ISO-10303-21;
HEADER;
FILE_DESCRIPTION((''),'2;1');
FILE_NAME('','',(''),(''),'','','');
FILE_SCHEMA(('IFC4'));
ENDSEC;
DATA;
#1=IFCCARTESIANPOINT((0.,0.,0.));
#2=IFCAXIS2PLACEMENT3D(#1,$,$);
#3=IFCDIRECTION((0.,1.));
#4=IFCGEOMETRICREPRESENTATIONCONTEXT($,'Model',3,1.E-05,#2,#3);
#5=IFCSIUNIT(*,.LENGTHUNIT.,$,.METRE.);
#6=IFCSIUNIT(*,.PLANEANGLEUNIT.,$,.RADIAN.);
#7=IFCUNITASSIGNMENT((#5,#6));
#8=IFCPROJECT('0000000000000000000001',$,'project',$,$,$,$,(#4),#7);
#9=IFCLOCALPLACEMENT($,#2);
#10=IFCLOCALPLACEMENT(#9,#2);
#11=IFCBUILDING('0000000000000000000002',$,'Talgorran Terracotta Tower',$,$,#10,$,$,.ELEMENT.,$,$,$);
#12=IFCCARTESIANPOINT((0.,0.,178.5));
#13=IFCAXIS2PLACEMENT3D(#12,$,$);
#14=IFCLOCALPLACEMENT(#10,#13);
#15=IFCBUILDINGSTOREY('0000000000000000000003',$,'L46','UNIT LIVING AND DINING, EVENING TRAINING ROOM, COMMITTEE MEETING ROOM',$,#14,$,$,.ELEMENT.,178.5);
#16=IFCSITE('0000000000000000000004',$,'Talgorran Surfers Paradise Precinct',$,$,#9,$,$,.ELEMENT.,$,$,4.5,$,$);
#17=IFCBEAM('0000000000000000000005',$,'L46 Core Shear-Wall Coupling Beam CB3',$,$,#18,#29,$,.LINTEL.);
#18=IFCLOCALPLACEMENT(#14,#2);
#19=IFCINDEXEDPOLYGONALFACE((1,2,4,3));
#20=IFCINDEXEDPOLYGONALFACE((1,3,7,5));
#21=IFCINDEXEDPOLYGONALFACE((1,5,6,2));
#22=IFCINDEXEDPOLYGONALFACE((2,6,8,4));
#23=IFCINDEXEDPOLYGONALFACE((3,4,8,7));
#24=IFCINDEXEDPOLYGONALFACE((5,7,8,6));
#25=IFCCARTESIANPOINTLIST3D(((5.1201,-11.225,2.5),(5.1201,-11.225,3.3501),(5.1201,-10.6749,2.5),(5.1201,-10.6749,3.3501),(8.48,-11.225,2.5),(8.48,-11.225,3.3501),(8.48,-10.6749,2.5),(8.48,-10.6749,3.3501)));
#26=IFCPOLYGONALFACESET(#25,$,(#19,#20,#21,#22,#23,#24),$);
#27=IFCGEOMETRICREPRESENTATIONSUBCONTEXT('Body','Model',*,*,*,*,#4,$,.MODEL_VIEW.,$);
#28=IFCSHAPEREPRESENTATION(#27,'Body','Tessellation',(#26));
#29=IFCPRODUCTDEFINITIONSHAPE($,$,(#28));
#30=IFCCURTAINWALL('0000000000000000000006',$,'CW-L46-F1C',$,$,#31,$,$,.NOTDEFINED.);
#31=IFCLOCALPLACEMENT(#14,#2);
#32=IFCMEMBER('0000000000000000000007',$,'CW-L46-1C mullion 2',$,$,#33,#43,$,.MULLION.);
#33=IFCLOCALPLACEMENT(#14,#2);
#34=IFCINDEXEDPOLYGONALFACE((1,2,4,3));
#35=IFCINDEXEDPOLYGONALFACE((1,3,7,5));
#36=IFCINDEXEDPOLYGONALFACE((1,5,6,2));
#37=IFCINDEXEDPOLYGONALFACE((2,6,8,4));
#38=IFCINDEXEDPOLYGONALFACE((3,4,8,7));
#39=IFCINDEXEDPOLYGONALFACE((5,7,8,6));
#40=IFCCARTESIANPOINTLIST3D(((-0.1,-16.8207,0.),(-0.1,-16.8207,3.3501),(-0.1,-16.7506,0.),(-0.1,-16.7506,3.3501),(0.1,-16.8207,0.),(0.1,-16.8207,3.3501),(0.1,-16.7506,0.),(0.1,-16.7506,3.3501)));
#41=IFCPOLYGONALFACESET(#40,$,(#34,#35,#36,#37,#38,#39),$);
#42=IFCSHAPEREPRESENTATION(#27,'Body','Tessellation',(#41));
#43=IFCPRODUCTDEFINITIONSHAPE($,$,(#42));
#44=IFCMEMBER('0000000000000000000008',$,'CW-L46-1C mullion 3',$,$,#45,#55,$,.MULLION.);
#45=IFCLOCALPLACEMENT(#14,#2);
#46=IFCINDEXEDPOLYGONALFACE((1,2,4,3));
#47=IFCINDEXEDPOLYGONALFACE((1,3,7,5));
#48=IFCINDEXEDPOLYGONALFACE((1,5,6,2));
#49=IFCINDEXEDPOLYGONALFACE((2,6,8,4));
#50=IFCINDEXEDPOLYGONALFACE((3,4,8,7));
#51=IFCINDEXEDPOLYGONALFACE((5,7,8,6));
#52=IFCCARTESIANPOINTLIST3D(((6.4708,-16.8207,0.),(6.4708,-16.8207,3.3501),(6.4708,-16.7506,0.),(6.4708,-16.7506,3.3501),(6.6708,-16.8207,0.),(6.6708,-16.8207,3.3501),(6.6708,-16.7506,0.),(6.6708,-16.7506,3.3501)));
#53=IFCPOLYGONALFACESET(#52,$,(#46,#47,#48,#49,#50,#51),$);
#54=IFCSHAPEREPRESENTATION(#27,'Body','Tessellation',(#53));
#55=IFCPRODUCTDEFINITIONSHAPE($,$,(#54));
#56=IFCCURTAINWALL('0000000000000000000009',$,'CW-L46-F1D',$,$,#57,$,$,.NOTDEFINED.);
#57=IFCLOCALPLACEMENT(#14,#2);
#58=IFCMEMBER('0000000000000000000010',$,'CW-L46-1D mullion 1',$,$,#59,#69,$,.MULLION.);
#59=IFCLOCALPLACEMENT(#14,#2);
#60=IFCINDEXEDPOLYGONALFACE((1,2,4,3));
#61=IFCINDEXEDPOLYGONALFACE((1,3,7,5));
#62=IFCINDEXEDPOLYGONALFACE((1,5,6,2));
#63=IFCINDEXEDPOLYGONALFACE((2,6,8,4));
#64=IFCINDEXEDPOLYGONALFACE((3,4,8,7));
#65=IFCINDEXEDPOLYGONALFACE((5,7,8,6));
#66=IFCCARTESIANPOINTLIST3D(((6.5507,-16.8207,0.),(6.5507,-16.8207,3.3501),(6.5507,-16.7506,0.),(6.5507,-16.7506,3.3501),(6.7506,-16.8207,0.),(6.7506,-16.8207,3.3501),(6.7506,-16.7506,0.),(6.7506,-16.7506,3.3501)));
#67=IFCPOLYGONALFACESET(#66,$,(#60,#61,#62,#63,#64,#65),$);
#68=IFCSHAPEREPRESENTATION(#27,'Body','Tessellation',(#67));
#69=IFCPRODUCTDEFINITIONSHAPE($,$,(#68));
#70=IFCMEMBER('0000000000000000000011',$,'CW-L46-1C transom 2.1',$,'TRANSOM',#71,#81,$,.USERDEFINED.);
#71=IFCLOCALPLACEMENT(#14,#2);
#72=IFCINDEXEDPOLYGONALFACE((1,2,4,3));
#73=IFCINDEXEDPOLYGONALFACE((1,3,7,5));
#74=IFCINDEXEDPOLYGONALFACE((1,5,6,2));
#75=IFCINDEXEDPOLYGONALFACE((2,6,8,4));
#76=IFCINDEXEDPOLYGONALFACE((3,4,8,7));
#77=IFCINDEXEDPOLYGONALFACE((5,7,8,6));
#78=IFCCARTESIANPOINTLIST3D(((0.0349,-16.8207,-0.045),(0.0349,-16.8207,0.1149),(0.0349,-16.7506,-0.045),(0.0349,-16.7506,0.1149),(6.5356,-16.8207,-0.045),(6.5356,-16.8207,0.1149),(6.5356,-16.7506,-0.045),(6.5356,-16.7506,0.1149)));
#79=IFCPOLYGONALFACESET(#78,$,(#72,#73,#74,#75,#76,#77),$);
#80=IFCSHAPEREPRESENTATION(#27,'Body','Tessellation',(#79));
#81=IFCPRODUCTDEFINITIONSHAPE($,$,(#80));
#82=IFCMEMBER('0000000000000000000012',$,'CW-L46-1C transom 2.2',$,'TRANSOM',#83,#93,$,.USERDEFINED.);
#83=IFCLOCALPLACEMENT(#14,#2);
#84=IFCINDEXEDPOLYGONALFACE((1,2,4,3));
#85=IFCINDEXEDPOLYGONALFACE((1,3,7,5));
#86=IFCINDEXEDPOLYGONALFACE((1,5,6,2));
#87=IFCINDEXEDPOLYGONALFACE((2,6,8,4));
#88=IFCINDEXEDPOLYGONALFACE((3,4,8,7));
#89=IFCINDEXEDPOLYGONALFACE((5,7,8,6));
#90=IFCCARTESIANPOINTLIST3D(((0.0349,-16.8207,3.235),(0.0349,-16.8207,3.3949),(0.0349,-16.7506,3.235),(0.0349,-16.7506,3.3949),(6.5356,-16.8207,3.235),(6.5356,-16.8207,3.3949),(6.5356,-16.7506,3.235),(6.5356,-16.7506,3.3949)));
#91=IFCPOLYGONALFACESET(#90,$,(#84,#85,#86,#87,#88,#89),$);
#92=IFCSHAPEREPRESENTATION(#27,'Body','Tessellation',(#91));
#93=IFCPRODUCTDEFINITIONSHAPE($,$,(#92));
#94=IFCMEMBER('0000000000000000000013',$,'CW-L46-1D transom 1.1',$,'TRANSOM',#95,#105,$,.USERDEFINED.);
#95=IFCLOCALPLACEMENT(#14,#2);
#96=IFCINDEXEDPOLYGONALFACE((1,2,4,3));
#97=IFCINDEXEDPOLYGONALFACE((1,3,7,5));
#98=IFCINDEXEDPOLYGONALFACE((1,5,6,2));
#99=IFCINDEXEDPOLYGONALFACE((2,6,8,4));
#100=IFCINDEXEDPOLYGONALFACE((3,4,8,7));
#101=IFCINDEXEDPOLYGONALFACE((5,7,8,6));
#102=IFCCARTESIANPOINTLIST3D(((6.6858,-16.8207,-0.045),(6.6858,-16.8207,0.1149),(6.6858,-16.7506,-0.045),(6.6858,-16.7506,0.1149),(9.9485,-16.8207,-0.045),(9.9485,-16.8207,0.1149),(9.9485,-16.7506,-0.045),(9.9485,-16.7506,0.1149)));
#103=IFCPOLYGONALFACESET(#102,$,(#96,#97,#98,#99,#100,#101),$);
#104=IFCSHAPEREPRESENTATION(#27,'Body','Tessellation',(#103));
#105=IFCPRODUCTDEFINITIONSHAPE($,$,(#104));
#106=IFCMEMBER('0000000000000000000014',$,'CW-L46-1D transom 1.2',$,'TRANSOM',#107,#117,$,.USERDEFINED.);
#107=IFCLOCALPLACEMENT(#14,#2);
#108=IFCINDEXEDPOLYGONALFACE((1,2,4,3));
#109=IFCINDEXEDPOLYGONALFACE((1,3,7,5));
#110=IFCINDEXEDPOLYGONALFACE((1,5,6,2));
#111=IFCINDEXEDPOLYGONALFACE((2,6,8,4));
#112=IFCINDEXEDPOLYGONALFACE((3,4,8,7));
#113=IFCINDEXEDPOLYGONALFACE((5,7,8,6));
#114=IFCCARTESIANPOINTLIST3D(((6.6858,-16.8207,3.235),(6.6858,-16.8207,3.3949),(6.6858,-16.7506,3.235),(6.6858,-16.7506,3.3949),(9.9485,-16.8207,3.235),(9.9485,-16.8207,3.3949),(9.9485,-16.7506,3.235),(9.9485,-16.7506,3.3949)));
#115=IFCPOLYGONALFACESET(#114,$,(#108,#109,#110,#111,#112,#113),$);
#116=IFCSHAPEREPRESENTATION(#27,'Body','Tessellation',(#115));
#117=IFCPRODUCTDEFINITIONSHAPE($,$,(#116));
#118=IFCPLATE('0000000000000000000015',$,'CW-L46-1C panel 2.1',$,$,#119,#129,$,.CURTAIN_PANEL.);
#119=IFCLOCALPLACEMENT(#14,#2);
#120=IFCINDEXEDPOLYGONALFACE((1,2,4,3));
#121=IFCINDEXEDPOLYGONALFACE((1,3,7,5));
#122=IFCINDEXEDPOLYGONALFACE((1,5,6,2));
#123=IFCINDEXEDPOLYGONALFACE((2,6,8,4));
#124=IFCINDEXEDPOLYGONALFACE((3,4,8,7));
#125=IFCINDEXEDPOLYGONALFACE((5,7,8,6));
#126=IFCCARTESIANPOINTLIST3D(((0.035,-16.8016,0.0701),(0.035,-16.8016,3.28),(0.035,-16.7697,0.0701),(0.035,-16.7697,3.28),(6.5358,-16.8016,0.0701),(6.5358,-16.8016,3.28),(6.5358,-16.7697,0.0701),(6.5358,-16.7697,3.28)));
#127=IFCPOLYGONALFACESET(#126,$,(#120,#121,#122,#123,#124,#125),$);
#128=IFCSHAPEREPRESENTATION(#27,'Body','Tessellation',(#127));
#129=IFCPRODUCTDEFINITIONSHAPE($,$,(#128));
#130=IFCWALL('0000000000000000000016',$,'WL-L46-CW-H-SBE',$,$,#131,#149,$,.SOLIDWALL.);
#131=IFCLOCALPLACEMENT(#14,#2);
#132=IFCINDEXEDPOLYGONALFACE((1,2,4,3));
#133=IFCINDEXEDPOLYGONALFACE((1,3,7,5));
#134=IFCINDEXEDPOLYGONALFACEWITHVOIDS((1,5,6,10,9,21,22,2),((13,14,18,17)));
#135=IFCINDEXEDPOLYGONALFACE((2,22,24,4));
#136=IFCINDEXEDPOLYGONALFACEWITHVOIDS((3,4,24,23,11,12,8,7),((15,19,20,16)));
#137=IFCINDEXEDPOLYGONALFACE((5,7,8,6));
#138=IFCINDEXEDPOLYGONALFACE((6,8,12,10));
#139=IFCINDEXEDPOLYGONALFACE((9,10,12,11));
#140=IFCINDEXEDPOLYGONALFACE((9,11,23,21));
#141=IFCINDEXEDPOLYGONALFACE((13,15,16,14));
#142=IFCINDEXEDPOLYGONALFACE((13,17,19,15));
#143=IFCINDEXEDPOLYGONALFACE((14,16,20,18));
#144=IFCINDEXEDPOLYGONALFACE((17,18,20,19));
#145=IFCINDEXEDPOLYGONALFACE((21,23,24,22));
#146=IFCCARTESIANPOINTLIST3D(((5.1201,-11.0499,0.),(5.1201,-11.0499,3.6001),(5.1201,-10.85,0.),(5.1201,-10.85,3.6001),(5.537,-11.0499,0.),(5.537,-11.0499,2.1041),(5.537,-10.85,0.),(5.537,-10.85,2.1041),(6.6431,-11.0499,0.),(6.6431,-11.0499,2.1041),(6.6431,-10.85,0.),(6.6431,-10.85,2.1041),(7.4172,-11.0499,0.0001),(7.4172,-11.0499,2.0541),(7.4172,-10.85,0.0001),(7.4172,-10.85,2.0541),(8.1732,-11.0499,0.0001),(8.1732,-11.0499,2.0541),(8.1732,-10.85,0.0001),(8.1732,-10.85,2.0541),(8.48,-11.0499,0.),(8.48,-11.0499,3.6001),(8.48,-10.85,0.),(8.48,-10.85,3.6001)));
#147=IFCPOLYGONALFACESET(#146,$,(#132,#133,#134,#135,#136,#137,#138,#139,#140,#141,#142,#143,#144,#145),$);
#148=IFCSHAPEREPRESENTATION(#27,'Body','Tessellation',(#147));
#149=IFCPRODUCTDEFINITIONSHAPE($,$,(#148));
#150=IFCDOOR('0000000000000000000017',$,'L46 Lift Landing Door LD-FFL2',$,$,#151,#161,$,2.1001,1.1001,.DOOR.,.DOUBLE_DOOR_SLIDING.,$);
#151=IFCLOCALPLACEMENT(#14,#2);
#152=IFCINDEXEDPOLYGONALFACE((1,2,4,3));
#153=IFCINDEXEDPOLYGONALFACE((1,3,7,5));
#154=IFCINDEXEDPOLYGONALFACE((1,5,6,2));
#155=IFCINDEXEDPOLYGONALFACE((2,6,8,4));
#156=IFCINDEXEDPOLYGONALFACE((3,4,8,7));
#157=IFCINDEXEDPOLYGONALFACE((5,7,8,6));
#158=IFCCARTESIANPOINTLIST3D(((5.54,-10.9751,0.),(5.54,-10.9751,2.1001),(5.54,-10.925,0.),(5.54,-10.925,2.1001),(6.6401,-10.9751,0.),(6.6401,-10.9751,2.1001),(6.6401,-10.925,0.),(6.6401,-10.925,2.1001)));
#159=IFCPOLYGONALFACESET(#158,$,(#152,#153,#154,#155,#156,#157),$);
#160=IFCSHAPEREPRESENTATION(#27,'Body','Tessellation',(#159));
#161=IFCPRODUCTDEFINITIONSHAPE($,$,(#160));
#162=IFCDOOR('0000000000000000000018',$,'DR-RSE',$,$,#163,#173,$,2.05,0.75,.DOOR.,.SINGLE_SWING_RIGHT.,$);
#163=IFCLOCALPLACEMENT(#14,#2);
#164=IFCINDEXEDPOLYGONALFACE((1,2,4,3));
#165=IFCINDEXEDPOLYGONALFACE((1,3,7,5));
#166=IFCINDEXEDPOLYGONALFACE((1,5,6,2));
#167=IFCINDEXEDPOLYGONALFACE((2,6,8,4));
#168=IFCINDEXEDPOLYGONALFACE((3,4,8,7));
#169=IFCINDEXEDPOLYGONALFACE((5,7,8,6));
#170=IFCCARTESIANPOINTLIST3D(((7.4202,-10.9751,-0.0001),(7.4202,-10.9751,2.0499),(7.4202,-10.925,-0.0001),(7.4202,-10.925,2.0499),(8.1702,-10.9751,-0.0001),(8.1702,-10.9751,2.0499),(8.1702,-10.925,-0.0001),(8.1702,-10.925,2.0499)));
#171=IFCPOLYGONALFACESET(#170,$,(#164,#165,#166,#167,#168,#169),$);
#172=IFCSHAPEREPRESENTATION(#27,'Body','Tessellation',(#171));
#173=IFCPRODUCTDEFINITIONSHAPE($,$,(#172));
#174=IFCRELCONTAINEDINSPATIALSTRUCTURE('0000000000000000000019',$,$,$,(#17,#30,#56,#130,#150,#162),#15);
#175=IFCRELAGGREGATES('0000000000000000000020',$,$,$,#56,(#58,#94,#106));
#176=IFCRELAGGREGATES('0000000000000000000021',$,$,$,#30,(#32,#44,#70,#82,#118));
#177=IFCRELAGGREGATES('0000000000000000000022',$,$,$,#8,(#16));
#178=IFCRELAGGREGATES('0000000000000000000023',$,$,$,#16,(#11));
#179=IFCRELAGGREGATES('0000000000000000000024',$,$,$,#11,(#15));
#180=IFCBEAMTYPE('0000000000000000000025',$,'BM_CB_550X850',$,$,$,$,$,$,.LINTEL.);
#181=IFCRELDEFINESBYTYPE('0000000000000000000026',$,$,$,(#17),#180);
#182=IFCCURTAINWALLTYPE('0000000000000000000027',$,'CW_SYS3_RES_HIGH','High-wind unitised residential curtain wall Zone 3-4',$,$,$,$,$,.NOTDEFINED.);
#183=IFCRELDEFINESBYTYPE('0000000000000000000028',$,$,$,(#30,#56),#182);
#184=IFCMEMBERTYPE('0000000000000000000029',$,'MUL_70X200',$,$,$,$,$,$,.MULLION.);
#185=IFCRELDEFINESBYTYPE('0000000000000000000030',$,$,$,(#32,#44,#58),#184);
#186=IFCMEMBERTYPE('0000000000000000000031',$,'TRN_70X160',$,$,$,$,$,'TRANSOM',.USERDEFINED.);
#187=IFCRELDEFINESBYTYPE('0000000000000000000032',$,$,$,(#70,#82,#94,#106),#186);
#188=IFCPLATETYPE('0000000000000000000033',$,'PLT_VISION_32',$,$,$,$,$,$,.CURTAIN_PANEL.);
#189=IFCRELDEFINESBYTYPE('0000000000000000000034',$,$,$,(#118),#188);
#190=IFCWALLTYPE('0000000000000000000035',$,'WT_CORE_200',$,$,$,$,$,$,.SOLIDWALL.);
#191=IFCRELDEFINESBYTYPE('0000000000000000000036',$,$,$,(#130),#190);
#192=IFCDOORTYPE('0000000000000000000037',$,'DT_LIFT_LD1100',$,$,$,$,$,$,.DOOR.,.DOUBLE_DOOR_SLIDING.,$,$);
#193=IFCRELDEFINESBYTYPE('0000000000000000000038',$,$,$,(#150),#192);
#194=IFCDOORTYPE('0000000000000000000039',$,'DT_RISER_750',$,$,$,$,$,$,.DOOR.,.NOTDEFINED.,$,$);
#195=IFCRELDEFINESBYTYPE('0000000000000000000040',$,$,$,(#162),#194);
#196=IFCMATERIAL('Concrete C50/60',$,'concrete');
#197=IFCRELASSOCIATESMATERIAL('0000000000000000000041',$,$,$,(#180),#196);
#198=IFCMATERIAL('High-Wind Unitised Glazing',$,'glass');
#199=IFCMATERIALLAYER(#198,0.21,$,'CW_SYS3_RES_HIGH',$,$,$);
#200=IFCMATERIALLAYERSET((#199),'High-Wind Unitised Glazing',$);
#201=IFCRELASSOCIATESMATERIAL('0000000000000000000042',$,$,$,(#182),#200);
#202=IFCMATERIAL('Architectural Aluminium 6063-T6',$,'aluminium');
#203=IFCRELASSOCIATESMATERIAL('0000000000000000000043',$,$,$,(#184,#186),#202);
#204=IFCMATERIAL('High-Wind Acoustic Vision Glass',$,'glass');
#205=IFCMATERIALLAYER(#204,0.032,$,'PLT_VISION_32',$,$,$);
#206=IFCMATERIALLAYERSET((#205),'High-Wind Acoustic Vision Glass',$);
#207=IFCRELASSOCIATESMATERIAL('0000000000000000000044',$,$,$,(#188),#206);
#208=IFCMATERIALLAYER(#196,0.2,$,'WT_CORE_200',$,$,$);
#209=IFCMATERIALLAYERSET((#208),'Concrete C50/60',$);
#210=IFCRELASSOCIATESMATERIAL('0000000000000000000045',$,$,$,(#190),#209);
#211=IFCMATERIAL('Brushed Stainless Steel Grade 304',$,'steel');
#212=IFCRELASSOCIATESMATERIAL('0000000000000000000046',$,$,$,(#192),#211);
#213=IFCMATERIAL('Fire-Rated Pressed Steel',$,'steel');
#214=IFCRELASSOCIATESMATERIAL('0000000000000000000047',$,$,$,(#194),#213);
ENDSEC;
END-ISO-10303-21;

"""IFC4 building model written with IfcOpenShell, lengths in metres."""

from ifc_helpers import new_model, si_unit, direction, frame, frame_2d, origin, origin_2d, place, context, subcontext, project, spatial, rectangle, extrude, source, transform, mapped, material, layer, layer_set, material_profile, profile_set, type_object, type_shapes, element, fill, aggregate, save


model = new_model("IFC4")

# Units and contexts
model_context = context("Model", 3, precision=1e-05, world=origin(), true_north=direction((0.0, 1.0)))
body_context = subcontext(model_context, "Body", "Model", "MODEL_VIEW")
ifc_project = project(units=[si_unit("LENGTHUNIT", "METRE"), si_unit("PLANEANGLEUNIT", "RADIAN")], contexts=[model_context])

# Site, building, storey
site_placement = place(None, origin())
site = spatial("IfcSite", under=ifc_project, at=site_placement, Name="Talgorran Surfers Paradise Precinct", CompositionType="ELEMENT", RefElevation=4.5)
building_placement = place(site_placement, origin())
building = spatial("IfcBuilding", under=site, at=building_placement, Name="Talgorran Terracotta Tower", CompositionType="ELEMENT")
storey_placement = place(building_placement, frame((0.0, 0.0, 178.5)))
storey = spatial("IfcBuildingStorey", under=building, at=storey_placement, Name="L46", Description="UNIT LIVING AND DINING, EVENING TRAINING ROOM, COMMITTEE MEETING ROOM", CompositionType="ELEMENT", Elevation=178.5)

# Beam
ifc_material_1 = material(Name="Concrete C50/60", Category="concrete")
ifc_material_profile_1 = material_profile(ifc_material_1, rectangle(XDim=0.55, YDim=0.8501, at=origin_2d()), Name="RCCB550X850")
ifc_profile_set_1 = profile_set([ifc_material_profile_1], Name="Concrete C50/60")
beam_type = type_object("IfcBeamType", Name="BM_CB_550X850", PredefinedType="LINTEL", material=ifc_profile_set_1)
beam_placement = place(storey_placement, frame((5.1201, -10.95, 2.925), z_axis=(1.0, 0.0, 0.0), x_axis=(0.0, 1.0, 0.0)))
element("IfcBeam", 1, at=beam_placement, inside=storey, type_object=beam_type, Name="L46 Core Shear-Wall Coupling Beam CB3", PredefinedType="LINTEL", context=body_context, shape_type="SweptSolid", body=[
    extrude(rectangle(XDim=0.55, YDim=0.8501, at=origin_2d()), origin(), (0.0, 0.0, 1.0), 3.3599),
])

# Curtain wall, members
ifc_material_2 = material(Name="High-Wind Unitised Glazing", Category="glass")
ifc_layer_1 = layer(ifc_material_2, 0.21, Name="CW_SYS3_RES_HIGH")
ifc_layer_set_1 = layer_set([ifc_layer_1], Name="High-Wind Unitised Glazing")
curtain_wall_type = type_object("IfcCurtainWallType", Name="CW_SYS3_RES_HIGH", Description="High-wind unitised residential curtain wall Zone 3-4", PredefinedType="NOTDEFINED", material=ifc_layer_set_1)
curtain_wall_1_placement = place(storey_placement, origin())
curtain_wall_1 = element("IfcCurtainWall", 2, at=curtain_wall_1_placement, inside=storey, type_object=curtain_wall_type, Name="CW-L46-F1C", PredefinedType="NOTDEFINED")
ifc_material_3 = material(Name="Architectural Aluminium 6063-T6", Category="aluminium")
ifc_material_profile_2 = material_profile(ifc_material_3, rectangle(XDim=0.0701, YDim=0.2, at=origin_2d()), Name="CWM70X200")
ifc_profile_set_2 = profile_set([ifc_material_profile_2], Name="Architectural Aluminium 6063-T6")
member_type_1 = type_object("IfcMemberType", Name="MUL_70X200", PredefinedType="MULLION", material=ifc_profile_set_2)
member_1_placement = place(storey_placement, frame((0.0, -16.7856, 0.0), z_axis=(0.0, 0.0, 1.0), x_axis=(0.0, 1.0, 0.0)))
member_1 = element("IfcMember", 3, at=member_1_placement, type_object=member_type_1, Name="CW-L46-1C mullion 2", PredefinedType="MULLION", context=body_context, shape_type="SweptSolid", body=[
    extrude(rectangle(XDim=0.0701, YDim=0.2, at=origin_2d()), origin(), (0.0, 0.0, 1.0), 3.3501),
])
member_2_placement = place(storey_placement, frame((6.5708, -16.7856, 0.0), z_axis=(0.0, 0.0, 1.0), x_axis=(0.0, 1.0, 0.0)))
member_2 = element("IfcMember", 4, at=member_2_placement, type_object=member_type_1, Name="CW-L46-1C mullion 3", PredefinedType="MULLION", context=body_context, shape_type="SweptSolid", body=[
    extrude(rectangle(XDim=0.0701, YDim=0.2, at=origin_2d()), origin(), (0.0, 0.0, 1.0), 3.3501),
])

# Curtain wall, member
curtain_wall_2_placement = place(storey_placement, origin())
curtain_wall_2 = element("IfcCurtainWall", 5, at=curtain_wall_2_placement, inside=storey, type_object=curtain_wall_type, Name="CW-L46-F1D", PredefinedType="NOTDEFINED")
member_3_placement = place(storey_placement, frame((6.6506, -16.7856, 0.0), z_axis=(0.0, 0.0, 1.0), x_axis=(0.0, 1.0, 0.0)))
member_3 = element("IfcMember", 6, at=member_3_placement, type_object=member_type_1, Name="CW-L46-1D mullion 1", PredefinedType="MULLION", context=body_context, shape_type="SweptSolid", body=[
    extrude(rectangle(XDim=0.0701, YDim=0.2, at=origin_2d()), origin(), (0.0, 0.0, 1.0), 3.3501),
])

# Members
ifc_material_profile_3 = material_profile(ifc_material_3, rectangle(XDim=0.0701, YDim=0.1599, at=origin_2d()), Name="CWT70X160")
ifc_profile_set_3 = profile_set([ifc_material_profile_3], Name="Architectural Aluminium 6063-T6")
member_type_2 = type_object("IfcMemberType", Name="TRN_70X160", ElementType="TRANSOM", PredefinedType="USERDEFINED", material=ifc_profile_set_3)
member_4_placement = place(storey_placement, frame((0.0349, -16.7856, 0.0349), z_axis=(1.0, 0.0, 0.0), x_axis=(0.0, 1.0, 0.0)))
member_4 = element("IfcMember", 7, at=member_4_placement, type_object=member_type_2, Name="CW-L46-1C transom 2.1", ObjectType="TRANSOM", PredefinedType="USERDEFINED", context=body_context, shape_type="SweptSolid", body=[
    extrude(rectangle(XDim=0.0701, YDim=0.1599, at=origin_2d()), origin(), (0.0, 0.0, 1.0), 6.5007),
])
member_5_placement = place(storey_placement, frame((0.0349, -16.7856, 3.3149), z_axis=(1.0, 0.0, 0.0), x_axis=(0.0, 1.0, 0.0)))
member_5 = element("IfcMember", 8, at=member_5_placement, type_object=member_type_2, Name="CW-L46-1C transom 2.2", ObjectType="TRANSOM", PredefinedType="USERDEFINED", context=body_context, shape_type="SweptSolid", body=[
    extrude(rectangle(XDim=0.0701, YDim=0.1599, at=origin_2d()), origin(), (0.0, 0.0, 1.0), 6.5007),
])
member_6_placement = place(storey_placement, frame((6.6858, -16.7856, 0.0349), z_axis=(1.0, 0.0, 0.0), x_axis=(0.0, 1.0, 0.0)))
member_6 = element("IfcMember", 9, at=member_6_placement, type_object=member_type_2, Name="CW-L46-1D transom 1.1", ObjectType="TRANSOM", PredefinedType="USERDEFINED", context=body_context, shape_type="SweptSolid", body=[
    extrude(rectangle(XDim=0.0701, YDim=0.1599, at=origin_2d()), origin(), (0.0, 0.0, 1.0), 3.2627),
])
member_7_placement = place(storey_placement, frame((6.6858, -16.7856, 3.3149), z_axis=(1.0, 0.0, 0.0), x_axis=(0.0, 1.0, 0.0)))
member_7 = element("IfcMember", 10, at=member_7_placement, type_object=member_type_2, Name="CW-L46-1D transom 1.2", ObjectType="TRANSOM", PredefinedType="USERDEFINED", context=body_context, shape_type="SweptSolid", body=[
    extrude(rectangle(XDim=0.0701, YDim=0.1599, at=origin_2d()), origin(), (0.0, 0.0, 1.0), 3.2627),
])
aggregate(curtain_wall_2, [member_3, member_6, member_7])

# Plate
ifc_material_4 = material(Name="High-Wind Acoustic Vision Glass", Category="glass")
ifc_layer_2 = layer(ifc_material_4, 0.032, Name="PLT_VISION_32")
ifc_layer_set_2 = layer_set([ifc_layer_2], Name="High-Wind Acoustic Vision Glass")
plate_type = type_object("IfcPlateType", Name="PLT_VISION_32", PredefinedType="CURTAIN_PANEL", material=ifc_layer_set_2)
shared_shape = source(origin(), body_context, "Body", "SweptSolid", [
    extrude(rectangle(XDim=6.5007, YDim=0.032, at=origin_2d()), origin(), (0.0, 0.0, 1.0), 3.21),
])
type_shapes(plate_type, [shared_shape])
plate_placement = place(storey_placement, frame((3.2854, -16.7856, 0.0701), z_axis=(0.0, 0.0, 1.0), x_axis=(1.0, 0.0, 0.0)))
plate = element("IfcPlate", 11, at=plate_placement, type_object=plate_type, Name="CW-L46-1C panel 2.1", PredefinedType="CURTAIN_PANEL", context=body_context, shape_type="MappedRepresentation", body=[
    mapped(shared_shape, transform((0.0, 0.0, 0.0), scale=1.0)),
])
aggregate(curtain_wall_1, [member_1, member_2, member_4, member_5, plate])

# Wall, openings, doors
ifc_layer_3 = layer(ifc_material_1, 0.2, Name="WT_CORE_200")
ifc_layer_set_3 = layer_set([ifc_layer_3], Name="Concrete C50/60")
wall_type_1 = type_object("IfcWallType", Name="WT_CORE_200", PredefinedType="SOLIDWALL", material=ifc_layer_set_3)
wall_1_placement = place(storey_placement, frame((5.1201, -10.95, 0.0), z_axis=(0.0, 0.0, 1.0), x_axis=(1.0, 0.0, 0.0)))
wall_1 = element("IfcWall", 12, at=wall_1_placement, inside=storey, type_object=wall_type_1, Name="WL-L46-CW-H-SBE", PredefinedType="SOLIDWALL", context=body_context, shape_type="SweptSolid", body=[
    extrude(rectangle(XDim=3.3599, YDim=0.2, at=frame_2d((1.6799, 0.0))), origin(), (0.0, 0.0, 1.0), 3.6001),
])
opening_1_placement = place(wall_1_placement, frame((0.4199, 0.0, 0.0)))
opening_1 = element("IfcOpeningElement", 13, at=opening_1_placement, cuts=wall_1, PredefinedType="OPENING", context=body_context, shape_type="SweptSolid", body=[
    extrude(rectangle(XDim=1.1061, YDim=2.1041, at=frame_2d((0.55, 1.052))), frame((0.0, 0.1099, 0.0), z_axis=(0.0, -1.0, 0.0), x_axis=(1.0, 0.0, 0.0)), (0.0, 0.0, 1.0), 0.22),
])
opening_2_placement = place(wall_1_placement, frame((2.3, 0.0, 0.0)))
opening_2 = element("IfcOpeningElement", 14, at=opening_2_placement, cuts=wall_1, PredefinedType="OPENING", context=body_context, shape_type="SweptSolid", body=[
    extrude(rectangle(XDim=0.756, YDim=2.054, at=frame_2d((0.375, 1.0271))), frame((0.0, 0.1099, 0.0), z_axis=(0.0, -1.0, 0.0), x_axis=(1.0, 0.0, 0.0)), (0.0, 0.0, 1.0), 0.22),
])
ifc_material_5 = material(Name="Brushed Stainless Steel Grade 304", Category="steel")
door_type_1 = type_object("IfcDoorType", Name="DT_LIFT_LD1100", OperationType="DOUBLE_DOOR_SLIDING", PredefinedType="DOOR", material=ifc_material_5)
door_1_placement = place(opening_1_placement, origin())
door_1 = element("IfcDoor", 15, at=door_1_placement, inside=storey, type_object=door_type_1, Name="L46 Lift Landing Door LD-FFL2", OperationType="DOUBLE_DOOR_SLIDING", OverallHeight=2.1001, OverallWidth=1.1001, PredefinedType="DOOR", context=body_context, shape_type="SweptSolid", body=[
    extrude(rectangle(XDim=1.1001, YDim=2.1001, at=frame_2d((0.55, 1.05))), frame((0.0, 0.0249, 0.0), z_axis=(0.0, -1.0, 0.0), x_axis=(1.0, 0.0, 0.0)), (0.0, 0.0, 1.0), 0.05),
])
fill(opening_1, door_1)
ifc_material_6 = material(Name="Fire-Rated Pressed Steel", Category="steel")
door_type_2 = type_object("IfcDoorType", Name="DT_RISER_750", OperationType="NOTDEFINED", PredefinedType="DOOR", material=ifc_material_6)
door_2_placement = place(opening_2_placement, origin())
door_2 = element("IfcDoor", 16, at=door_2_placement, inside=storey, type_object=door_type_2, Name="DR-RSE", OperationType="SINGLE_SWING_RIGHT", OverallHeight=2.05, OverallWidth=0.75, PredefinedType="DOOR", context=body_context, shape_type="SweptSolid", body=[
    extrude(rectangle(XDim=0.75, YDim=2.05, at=frame_2d((0.375, 1.0249))), frame((0.0, 0.0249, 0.0), z_axis=(0.0, -1.0, 0.0), x_axis=(1.0, 0.0, 0.0)), (0.0, 0.0, 1.0), 0.05),
])
fill(opening_2, door_2)

save(model, "model.ifc")
